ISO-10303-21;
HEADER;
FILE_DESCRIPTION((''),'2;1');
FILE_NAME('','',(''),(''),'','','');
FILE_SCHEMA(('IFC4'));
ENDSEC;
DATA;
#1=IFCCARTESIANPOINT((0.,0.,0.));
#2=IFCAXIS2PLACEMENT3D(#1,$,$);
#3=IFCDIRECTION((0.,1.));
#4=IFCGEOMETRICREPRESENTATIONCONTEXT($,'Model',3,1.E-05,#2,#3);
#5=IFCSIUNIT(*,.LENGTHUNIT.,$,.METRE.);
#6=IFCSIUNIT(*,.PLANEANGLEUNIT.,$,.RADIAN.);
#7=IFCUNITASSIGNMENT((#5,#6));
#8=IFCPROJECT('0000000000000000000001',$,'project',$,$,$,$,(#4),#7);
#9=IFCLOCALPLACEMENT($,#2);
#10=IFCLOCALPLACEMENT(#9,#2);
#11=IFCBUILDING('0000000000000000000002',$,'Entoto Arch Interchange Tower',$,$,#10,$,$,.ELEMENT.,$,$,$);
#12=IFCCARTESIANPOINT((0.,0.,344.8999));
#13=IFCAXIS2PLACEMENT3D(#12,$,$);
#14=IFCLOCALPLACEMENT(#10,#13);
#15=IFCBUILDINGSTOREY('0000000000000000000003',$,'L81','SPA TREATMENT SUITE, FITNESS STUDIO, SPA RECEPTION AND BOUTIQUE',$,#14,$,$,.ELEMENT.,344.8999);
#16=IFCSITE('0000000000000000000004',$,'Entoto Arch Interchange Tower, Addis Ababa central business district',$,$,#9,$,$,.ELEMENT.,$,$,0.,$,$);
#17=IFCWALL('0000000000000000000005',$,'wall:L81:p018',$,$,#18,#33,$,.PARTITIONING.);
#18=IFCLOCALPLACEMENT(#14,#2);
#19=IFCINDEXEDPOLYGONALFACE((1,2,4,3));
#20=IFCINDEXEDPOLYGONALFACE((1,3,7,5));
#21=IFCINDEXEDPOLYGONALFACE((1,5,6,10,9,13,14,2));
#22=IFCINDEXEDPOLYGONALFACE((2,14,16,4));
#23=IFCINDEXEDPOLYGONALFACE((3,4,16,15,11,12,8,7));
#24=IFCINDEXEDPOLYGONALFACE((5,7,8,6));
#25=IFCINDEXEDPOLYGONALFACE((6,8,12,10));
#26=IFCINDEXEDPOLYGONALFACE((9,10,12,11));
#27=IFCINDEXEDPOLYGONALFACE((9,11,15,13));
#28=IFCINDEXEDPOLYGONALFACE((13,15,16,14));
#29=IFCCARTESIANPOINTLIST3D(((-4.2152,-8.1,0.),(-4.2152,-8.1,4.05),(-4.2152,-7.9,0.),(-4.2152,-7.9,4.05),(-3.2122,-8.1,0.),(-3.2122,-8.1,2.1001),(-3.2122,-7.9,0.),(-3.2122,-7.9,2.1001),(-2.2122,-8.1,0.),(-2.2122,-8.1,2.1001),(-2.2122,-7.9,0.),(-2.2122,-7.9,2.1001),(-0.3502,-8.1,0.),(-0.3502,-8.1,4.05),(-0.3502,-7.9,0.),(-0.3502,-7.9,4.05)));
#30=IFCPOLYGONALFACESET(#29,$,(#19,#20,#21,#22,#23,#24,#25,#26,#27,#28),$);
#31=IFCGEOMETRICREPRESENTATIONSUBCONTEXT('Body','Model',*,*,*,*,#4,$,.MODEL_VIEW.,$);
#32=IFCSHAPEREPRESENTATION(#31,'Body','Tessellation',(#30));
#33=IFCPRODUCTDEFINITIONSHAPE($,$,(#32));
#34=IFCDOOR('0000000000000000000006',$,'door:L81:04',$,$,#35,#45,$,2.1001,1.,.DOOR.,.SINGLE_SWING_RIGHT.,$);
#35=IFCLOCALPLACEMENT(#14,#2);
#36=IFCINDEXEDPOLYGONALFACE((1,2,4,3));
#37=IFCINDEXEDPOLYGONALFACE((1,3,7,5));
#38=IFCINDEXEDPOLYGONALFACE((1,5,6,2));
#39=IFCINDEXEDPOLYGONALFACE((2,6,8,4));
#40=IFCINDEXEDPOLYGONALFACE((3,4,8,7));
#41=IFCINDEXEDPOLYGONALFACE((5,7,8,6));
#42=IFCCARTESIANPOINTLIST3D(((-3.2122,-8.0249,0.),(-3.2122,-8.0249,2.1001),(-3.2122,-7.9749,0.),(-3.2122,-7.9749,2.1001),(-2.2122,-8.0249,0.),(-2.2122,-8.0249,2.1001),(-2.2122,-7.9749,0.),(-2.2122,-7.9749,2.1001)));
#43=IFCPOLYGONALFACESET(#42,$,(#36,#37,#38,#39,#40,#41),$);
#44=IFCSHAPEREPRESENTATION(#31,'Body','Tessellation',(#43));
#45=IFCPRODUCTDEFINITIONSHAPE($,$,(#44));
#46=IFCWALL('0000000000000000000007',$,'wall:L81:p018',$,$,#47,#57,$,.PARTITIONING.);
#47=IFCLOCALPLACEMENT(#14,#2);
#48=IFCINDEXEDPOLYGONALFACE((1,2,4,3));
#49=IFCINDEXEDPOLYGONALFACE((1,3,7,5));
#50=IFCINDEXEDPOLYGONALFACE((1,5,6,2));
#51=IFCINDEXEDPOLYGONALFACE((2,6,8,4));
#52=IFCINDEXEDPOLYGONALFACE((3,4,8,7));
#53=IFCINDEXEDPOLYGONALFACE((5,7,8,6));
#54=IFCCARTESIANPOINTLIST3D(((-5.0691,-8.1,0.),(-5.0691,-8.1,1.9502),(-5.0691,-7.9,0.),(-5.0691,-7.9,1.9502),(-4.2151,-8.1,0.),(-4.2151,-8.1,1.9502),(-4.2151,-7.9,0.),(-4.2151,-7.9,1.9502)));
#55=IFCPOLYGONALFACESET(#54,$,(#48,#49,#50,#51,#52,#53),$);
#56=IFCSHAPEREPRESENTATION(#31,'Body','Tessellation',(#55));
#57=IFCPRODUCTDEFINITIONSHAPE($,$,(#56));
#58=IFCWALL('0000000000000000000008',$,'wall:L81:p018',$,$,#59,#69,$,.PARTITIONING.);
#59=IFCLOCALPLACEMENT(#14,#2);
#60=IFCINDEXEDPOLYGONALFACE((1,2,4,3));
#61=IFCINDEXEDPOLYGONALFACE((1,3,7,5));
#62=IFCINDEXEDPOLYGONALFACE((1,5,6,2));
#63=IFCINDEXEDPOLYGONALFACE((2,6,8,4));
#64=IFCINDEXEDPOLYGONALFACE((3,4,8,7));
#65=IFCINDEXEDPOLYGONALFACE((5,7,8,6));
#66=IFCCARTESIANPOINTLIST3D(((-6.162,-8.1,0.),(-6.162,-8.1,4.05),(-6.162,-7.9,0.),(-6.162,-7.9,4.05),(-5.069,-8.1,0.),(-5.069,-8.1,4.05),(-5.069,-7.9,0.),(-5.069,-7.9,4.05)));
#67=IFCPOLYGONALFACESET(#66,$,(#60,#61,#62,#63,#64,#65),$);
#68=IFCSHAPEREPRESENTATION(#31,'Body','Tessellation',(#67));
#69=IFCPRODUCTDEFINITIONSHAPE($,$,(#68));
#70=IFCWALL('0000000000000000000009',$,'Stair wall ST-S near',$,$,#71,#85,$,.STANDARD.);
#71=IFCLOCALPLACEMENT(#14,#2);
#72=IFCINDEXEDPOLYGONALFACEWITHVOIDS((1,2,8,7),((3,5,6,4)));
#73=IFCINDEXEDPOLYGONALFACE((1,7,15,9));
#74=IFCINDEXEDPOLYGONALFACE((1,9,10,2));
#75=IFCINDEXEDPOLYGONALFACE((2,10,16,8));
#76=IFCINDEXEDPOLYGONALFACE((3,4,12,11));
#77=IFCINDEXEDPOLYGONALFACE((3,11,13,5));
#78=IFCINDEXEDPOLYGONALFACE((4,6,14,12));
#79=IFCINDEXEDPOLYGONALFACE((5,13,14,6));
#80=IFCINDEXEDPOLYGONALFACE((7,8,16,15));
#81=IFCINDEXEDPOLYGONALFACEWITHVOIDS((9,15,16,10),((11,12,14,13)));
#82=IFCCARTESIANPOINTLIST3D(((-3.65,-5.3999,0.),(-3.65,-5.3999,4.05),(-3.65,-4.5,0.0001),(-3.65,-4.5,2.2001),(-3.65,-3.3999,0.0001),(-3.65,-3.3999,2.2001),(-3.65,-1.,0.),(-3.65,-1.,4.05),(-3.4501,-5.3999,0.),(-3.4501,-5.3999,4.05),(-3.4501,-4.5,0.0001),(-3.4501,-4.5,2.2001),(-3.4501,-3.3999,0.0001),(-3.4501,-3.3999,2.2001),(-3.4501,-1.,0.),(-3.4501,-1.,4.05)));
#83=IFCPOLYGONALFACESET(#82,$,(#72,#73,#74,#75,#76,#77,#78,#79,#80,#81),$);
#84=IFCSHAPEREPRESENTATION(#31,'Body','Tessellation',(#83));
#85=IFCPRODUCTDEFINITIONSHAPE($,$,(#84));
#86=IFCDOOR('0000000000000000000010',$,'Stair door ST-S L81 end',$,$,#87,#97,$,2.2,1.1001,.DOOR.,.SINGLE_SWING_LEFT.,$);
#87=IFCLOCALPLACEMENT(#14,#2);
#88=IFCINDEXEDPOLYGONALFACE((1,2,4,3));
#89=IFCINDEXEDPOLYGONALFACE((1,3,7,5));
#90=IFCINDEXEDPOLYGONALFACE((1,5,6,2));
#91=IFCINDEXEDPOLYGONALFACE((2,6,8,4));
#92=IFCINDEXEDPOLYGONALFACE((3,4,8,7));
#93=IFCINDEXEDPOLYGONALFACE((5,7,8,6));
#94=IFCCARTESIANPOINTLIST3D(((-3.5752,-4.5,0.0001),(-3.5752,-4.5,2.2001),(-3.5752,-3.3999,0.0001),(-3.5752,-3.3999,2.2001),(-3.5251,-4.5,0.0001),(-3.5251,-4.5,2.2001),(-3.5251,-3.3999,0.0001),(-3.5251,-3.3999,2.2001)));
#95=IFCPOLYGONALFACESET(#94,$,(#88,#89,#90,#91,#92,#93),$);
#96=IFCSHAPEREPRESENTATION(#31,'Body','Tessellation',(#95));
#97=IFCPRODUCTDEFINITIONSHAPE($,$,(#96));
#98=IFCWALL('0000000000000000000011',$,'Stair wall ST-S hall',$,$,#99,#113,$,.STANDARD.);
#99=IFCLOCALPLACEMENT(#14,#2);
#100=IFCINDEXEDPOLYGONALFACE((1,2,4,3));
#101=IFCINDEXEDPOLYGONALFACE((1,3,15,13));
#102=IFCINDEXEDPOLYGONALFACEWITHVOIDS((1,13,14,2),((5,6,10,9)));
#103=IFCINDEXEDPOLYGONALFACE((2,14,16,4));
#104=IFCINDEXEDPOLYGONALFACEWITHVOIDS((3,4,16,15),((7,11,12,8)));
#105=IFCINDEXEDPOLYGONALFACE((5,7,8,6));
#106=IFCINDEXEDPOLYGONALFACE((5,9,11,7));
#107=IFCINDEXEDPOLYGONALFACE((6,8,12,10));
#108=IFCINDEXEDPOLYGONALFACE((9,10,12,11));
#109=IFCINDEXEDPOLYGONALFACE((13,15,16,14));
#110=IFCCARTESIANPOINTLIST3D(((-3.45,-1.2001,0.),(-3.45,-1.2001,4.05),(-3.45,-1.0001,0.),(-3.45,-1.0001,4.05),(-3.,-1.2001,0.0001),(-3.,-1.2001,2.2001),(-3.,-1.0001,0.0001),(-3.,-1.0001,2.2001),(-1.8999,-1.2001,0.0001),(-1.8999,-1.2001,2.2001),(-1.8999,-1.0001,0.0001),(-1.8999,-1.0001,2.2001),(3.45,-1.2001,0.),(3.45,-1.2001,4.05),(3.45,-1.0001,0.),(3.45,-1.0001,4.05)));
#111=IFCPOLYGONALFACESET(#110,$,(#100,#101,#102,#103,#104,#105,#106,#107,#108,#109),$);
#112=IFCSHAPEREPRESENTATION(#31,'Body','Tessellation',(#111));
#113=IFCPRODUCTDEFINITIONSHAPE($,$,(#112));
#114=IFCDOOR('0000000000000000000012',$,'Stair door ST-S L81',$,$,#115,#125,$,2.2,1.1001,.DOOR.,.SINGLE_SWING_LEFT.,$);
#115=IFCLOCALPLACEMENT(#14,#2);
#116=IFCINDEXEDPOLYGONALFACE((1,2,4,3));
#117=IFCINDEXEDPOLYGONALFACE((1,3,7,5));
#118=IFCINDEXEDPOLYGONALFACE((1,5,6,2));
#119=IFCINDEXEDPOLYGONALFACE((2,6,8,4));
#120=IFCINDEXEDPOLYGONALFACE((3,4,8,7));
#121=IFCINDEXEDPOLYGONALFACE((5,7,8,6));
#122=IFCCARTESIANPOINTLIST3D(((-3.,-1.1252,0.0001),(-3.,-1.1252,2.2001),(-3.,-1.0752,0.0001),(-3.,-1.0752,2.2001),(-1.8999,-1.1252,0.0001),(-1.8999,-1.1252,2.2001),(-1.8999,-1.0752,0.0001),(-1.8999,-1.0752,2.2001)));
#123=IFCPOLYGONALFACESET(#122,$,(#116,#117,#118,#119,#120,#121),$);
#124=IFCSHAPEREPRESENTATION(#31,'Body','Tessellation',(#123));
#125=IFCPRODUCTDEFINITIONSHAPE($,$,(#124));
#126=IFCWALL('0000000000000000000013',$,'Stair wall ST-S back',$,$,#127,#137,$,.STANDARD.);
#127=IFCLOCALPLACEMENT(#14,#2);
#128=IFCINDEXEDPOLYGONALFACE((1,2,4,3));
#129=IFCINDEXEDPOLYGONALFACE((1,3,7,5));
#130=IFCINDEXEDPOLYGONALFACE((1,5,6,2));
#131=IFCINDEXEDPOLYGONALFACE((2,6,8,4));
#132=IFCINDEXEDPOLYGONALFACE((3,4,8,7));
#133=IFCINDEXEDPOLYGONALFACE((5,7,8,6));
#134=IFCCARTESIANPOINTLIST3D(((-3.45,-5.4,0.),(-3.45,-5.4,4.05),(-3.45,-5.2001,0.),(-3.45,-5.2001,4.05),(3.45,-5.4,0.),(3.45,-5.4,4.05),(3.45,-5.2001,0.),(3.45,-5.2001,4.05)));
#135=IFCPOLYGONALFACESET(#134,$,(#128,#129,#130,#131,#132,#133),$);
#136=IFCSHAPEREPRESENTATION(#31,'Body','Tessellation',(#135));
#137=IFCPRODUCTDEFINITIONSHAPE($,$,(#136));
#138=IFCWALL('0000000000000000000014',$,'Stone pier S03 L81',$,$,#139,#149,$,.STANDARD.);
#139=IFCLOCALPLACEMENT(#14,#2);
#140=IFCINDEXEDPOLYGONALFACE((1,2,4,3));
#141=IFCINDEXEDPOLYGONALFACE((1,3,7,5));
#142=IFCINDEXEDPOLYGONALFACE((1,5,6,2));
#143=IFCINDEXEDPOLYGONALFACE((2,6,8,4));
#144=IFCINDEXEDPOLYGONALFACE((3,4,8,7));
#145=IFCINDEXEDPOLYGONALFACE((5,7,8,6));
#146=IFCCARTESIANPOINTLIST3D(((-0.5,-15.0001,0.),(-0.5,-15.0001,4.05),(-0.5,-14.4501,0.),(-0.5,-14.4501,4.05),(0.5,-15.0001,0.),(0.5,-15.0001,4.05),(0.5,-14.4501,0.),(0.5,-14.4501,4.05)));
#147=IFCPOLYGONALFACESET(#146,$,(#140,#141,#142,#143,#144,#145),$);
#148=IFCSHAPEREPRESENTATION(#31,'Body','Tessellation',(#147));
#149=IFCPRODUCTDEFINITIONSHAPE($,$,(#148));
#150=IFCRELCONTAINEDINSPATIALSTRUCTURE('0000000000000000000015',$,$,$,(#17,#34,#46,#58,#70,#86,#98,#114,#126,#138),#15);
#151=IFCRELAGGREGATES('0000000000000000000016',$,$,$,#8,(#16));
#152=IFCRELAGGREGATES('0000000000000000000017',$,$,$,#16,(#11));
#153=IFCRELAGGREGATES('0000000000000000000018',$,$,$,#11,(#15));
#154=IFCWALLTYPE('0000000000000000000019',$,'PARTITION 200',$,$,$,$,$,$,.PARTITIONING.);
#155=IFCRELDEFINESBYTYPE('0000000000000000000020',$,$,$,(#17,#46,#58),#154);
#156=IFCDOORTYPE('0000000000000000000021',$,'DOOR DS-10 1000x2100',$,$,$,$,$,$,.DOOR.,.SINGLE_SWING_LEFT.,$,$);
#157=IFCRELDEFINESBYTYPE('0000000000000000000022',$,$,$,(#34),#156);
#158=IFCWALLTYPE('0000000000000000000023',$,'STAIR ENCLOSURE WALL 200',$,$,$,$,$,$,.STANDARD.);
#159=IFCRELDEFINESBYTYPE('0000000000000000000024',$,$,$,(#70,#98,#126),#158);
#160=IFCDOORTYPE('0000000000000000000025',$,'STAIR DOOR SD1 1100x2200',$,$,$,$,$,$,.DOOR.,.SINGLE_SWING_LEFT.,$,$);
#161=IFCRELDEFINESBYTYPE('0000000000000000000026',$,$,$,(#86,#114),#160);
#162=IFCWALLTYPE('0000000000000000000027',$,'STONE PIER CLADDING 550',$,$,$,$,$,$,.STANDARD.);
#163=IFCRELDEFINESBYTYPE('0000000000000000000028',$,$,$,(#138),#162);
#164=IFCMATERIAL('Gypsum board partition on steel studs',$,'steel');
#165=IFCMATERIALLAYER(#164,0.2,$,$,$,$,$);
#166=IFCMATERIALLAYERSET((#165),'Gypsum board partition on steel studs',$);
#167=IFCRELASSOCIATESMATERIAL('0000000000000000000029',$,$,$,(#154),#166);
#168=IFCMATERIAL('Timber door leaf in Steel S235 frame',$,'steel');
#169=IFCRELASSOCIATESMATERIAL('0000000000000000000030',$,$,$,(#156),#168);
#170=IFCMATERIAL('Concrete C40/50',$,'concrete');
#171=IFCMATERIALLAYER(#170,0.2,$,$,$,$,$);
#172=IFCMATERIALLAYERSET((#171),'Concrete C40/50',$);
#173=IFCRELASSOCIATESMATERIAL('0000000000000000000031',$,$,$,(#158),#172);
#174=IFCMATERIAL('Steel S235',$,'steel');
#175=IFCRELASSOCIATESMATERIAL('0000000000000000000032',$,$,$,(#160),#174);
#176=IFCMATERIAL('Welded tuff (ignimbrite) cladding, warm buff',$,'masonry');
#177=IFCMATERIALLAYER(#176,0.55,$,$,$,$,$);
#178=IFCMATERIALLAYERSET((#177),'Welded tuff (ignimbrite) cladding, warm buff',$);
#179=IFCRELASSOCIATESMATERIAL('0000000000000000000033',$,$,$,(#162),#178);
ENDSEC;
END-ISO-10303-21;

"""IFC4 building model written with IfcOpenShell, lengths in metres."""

from ifc_helpers import new_model, si_unit, direction, frame, frame_2d, origin, place, context, subcontext, project, spatial, rectangle, extrude, material, layer, layer_set, type_object, element, fill, save


model = new_model("IFC4")

# Units and contexts
model_context = context("Model", 3, precision=1e-05, world=origin(), true_north=direction((0.0, 1.0)))
body_context = subcontext(model_context, "Body", "Model", "MODEL_VIEW")
ifc_project = project(units=[si_unit("LENGTHUNIT", "METRE"), si_unit("PLANEANGLEUNIT", "RADIAN")], contexts=[model_context])

# Site, building, storey
site_placement = place(None, origin())
site = spatial("IfcSite", under=ifc_project, at=site_placement, Name="Entoto Arch Interchange Tower, Addis Ababa central business district", CompositionType="ELEMENT", RefElevation=0.0)
building_placement = place(site_placement, origin())
building = spatial("IfcBuilding", under=site, at=building_placement, Name="Entoto Arch Interchange Tower", CompositionType="ELEMENT")
storey_placement = place(building_placement, frame((0.0, 0.0, 344.8999)))
storey = spatial("IfcBuildingStorey", under=building, at=storey_placement, Name="L81", Description="SPA TREATMENT SUITE, FITNESS STUDIO, SPA RECEPTION AND BOUTIQUE", CompositionType="ELEMENT", Elevation=344.8999)

# Shared definitions
ifc_material_1 = material(Name="Concrete C40/50", Category="concrete")

# Shared definitions
ifc_material_2 = material(Name="Gypsum board partition on steel studs", Category="steel")
ifc_layer_1 = layer(ifc_material_2, 0.2)
ifc_layer_set_1 = layer_set([ifc_layer_1], Name="Gypsum board partition on steel studs")
wall_type_1 = type_object("IfcWallType", Name="PARTITION 200", PredefinedType="PARTITIONING", material=ifc_layer_set_1)

# Wall, opening, door
wall_1_placement = place(storey_placement, frame((-0.3501, -8.0, 0.0), z_axis=(0.0, 0.0, 1.0), x_axis=(-1.0, 0.0, 0.0)))
wall_1 = element("IfcWall", 1, at=wall_1_placement, inside=storey, type_object=wall_type_1, Name="wall:L81:p018", PredefinedType="PARTITIONING", context=body_context, shape_type="SweptSolid", body=[
    extrude(rectangle(XDim=3.865, YDim=0.2, at=frame_2d((1.9326, 0.0))), origin(), (0.0, 0.0, 1.0), 4.05),
])
opening_1_placement = place(wall_1_placement, frame((1.8621, 0.0, 0.0)))
opening_1 = element("IfcOpeningElement", 2, at=opening_1_placement, cuts=wall_1, PredefinedType="OPENING", context=body_context, shape_type="SweptSolid", body=[
    extrude(rectangle(XDim=1.0, YDim=2.1001, at=frame_2d((0.5, 1.05))), frame((0.0, 0.1099, 0.0), z_axis=(0.0, -1.0, 0.0), x_axis=(1.0, 0.0, 0.0)), (0.0, 0.0, 1.0), 0.22),
])
ifc_material_3 = material(Name="Timber door leaf in Steel S235 frame", Category="steel")
door_type_1 = type_object("IfcDoorType", Name="DOOR DS-10 1000x2100", OperationType="SINGLE_SWING_LEFT", PredefinedType="DOOR", material=ifc_material_3)
door_1_placement = place(opening_1_placement, origin())
door_1 = element("IfcDoor", 3, at=door_1_placement, inside=storey, type_object=door_type_1, Name="door:L81:04", OperationType="SINGLE_SWING_RIGHT", OverallHeight=2.1001, OverallWidth=1.0, PredefinedType="DOOR", context=body_context, shape_type="SweptSolid", body=[
    extrude(rectangle(XDim=1.0, YDim=2.1001, at=frame_2d((0.5, 1.05))), frame((0.0, 0.0249, 0.0), z_axis=(0.0, -1.0, 0.0), x_axis=(1.0, 0.0, 0.0)), (0.0, 0.0, 1.0), 0.05),
])
fill(opening_1, door_1)

# Walls
wall_2_placement = place(storey_placement, frame((-4.2151, -8.0, 0.0), z_axis=(0.0, 0.0, 1.0), x_axis=(-1.0, 0.0, 0.0)))
element("IfcWall", 4, at=wall_2_placement, inside=storey, type_object=wall_type_1, Name="wall:L81:p018", PredefinedType="PARTITIONING", context=body_context, shape_type="SweptSolid", body=[
    extrude(rectangle(XDim=0.854, YDim=0.2, at=frame_2d((0.427, 0.0))), origin(), (0.0, 0.0, 1.0), 1.9502),
])
wall_3_placement = place(storey_placement, frame((-5.0691, -8.0, 0.0), z_axis=(0.0, 0.0, 1.0), x_axis=(-1.0, 0.0, 0.0)))
element("IfcWall", 5, at=wall_3_placement, inside=storey, type_object=wall_type_1, Name="wall:L81:p018", PredefinedType="PARTITIONING", context=body_context, shape_type="SweptSolid", body=[
    extrude(rectangle(XDim=1.093, YDim=0.2, at=frame_2d((0.5464, 0.0))), origin(), (0.0, 0.0, 1.0), 4.05),
])

# Walls, openings, doors
ifc_layer_2 = layer(ifc_material_1, 0.2)
ifc_layer_set_2 = layer_set([ifc_layer_2], Name="Concrete C40/50")
wall_type_2 = type_object("IfcWallType", Name="STAIR ENCLOSURE WALL 200", PredefinedType="STANDARD", material=ifc_layer_set_2)
wall_4_placement = place(storey_placement, frame((-3.55, -1.0, 0.0), z_axis=(0.0, 0.0, 1.0), x_axis=(0.0, -1.0, 0.0)))
wall_4 = element("IfcWall", 6, at=wall_4_placement, inside=storey, type_object=wall_type_2, Name="Stair wall ST-S near", PredefinedType="STANDARD", context=body_context, shape_type="SweptSolid", body=[
    extrude(rectangle(XDim=4.3999, YDim=0.2, at=frame_2d((2.2, 0.0))), origin(), (0.0, 0.0, 1.0), 4.05),
])
opening_2_placement = place(wall_4_placement, frame((2.3999, 0.0, 0.0)))
opening_2 = element("IfcOpeningElement", 7, at=opening_2_placement, cuts=wall_4, PredefinedType="OPENING", context=body_context, shape_type="SweptSolid", body=[
    extrude(rectangle(XDim=1.1001, YDim=2.2, at=frame_2d((0.55, 1.1001))), frame((0.0, 0.1099, 0.0), z_axis=(0.0, -1.0, 0.0), x_axis=(1.0, 0.0, 0.0)), (0.0, 0.0, 1.0), 0.22),
])
ifc_material_4 = material(Name="Steel S235", Category="steel")
door_type_2 = type_object("IfcDoorType", Name="STAIR DOOR SD1 1100x2200", OperationType="SINGLE_SWING_LEFT", PredefinedType="DOOR", material=ifc_material_4)
door_2_placement = place(opening_2_placement, origin())
door_2 = element("IfcDoor", 8, at=door_2_placement, inside=storey, type_object=door_type_2, Name="Stair door ST-S L81 end", OperationType="SINGLE_SWING_LEFT", OverallHeight=2.2, OverallWidth=1.1001, PredefinedType="DOOR", context=body_context, shape_type="SweptSolid", body=[
    extrude(rectangle(XDim=1.1001, YDim=2.2, at=frame_2d((0.55, 1.1001))), frame((0.0, 0.0249, 0.0), z_axis=(0.0, -1.0, 0.0), x_axis=(1.0, 0.0, 0.0)), (0.0, 0.0, 1.0), 0.05),
])
fill(opening_2, door_2)
wall_5_placement = place(storey_placement, frame((-3.45, -1.1001, 0.0), z_axis=(0.0, 0.0, 1.0), x_axis=(1.0, 0.0, 0.0)))
wall_5 = element("IfcWall", 9, at=wall_5_placement, inside=storey, type_object=wall_type_2, Name="Stair wall ST-S hall", PredefinedType="STANDARD", context=body_context, shape_type="SweptSolid", body=[
    extrude(rectangle(XDim=6.8999, YDim=0.2, at=frame_2d((3.45, 0.0))), origin(), (0.0, 0.0, 1.0), 4.05),
])
opening_3_placement = place(wall_5_placement, frame((0.45, 0.0, 0.0)))
opening_3 = element("IfcOpeningElement", 10, at=opening_3_placement, cuts=wall_5, PredefinedType="OPENING", context=body_context, shape_type="SweptSolid", body=[
    extrude(rectangle(XDim=1.1001, YDim=2.2, at=frame_2d((0.55, 1.1001))), frame((0.0, 0.1099, 0.0), z_axis=(0.0, -1.0, 0.0), x_axis=(1.0, 0.0, 0.0)), (0.0, 0.0, 1.0), 0.22),
])
door_3_placement = place(opening_3_placement, origin())
door_3 = element("IfcDoor", 11, at=door_3_placement, inside=storey, type_object=door_type_2, Name="Stair door ST-S L81", OperationType="SINGLE_SWING_LEFT", OverallHeight=2.2, OverallWidth=1.1001, PredefinedType="DOOR", context=body_context, shape_type="SweptSolid", body=[
    extrude(rectangle(XDim=1.1001, YDim=2.2, at=frame_2d((0.55, 1.1001))), frame((0.0, 0.0249, 0.0), z_axis=(0.0, -1.0, 0.0), x_axis=(1.0, 0.0, 0.0)), (0.0, 0.0, 1.0), 0.05),
])
fill(opening_3, door_3)

# Walls
wall_6_placement = place(storey_placement, frame((-3.45, -5.3, 0.0), z_axis=(0.0, 0.0, 1.0), x_axis=(1.0, 0.0, 0.0)))
element("IfcWall", 12, at=wall_6_placement, inside=storey, type_object=wall_type_2, Name="Stair wall ST-S back", PredefinedType="STANDARD", context=body_context, shape_type="SweptSolid", body=[
    extrude(rectangle(XDim=6.8999, YDim=0.2, at=frame_2d((3.45, 0.0))), origin(), (0.0, 0.0, 1.0), 4.05),
])
ifc_material_5 = material(Name="Welded tuff (ignimbrite) cladding, warm buff", Category="masonry")
ifc_layer_3 = layer(ifc_material_5, 0.55)
ifc_layer_set_3 = layer_set([ifc_layer_3], Name="Welded tuff (ignimbrite) cladding, warm buff")
wall_type_3 = type_object("IfcWallType", Name="STONE PIER CLADDING 550", PredefinedType="STANDARD", material=ifc_layer_set_3)
wall_7_placement = place(storey_placement, frame((-0.5, -14.7251, 0.0), z_axis=(0.0, 0.0, 1.0), x_axis=(1.0, 0.0, 0.0)))
element("IfcWall", 13, at=wall_7_placement, inside=storey, type_object=wall_type_3, Name="Stone pier S03 L81", PredefinedType="STANDARD", context=body_context, shape_type="SweptSolid", body=[
    extrude(rectangle(XDim=1.0, YDim=0.55, at=frame_2d((0.5, 0.0))), origin(), (0.0, 0.0, 1.0), 4.05),
])

save(model, "model.ifc")
